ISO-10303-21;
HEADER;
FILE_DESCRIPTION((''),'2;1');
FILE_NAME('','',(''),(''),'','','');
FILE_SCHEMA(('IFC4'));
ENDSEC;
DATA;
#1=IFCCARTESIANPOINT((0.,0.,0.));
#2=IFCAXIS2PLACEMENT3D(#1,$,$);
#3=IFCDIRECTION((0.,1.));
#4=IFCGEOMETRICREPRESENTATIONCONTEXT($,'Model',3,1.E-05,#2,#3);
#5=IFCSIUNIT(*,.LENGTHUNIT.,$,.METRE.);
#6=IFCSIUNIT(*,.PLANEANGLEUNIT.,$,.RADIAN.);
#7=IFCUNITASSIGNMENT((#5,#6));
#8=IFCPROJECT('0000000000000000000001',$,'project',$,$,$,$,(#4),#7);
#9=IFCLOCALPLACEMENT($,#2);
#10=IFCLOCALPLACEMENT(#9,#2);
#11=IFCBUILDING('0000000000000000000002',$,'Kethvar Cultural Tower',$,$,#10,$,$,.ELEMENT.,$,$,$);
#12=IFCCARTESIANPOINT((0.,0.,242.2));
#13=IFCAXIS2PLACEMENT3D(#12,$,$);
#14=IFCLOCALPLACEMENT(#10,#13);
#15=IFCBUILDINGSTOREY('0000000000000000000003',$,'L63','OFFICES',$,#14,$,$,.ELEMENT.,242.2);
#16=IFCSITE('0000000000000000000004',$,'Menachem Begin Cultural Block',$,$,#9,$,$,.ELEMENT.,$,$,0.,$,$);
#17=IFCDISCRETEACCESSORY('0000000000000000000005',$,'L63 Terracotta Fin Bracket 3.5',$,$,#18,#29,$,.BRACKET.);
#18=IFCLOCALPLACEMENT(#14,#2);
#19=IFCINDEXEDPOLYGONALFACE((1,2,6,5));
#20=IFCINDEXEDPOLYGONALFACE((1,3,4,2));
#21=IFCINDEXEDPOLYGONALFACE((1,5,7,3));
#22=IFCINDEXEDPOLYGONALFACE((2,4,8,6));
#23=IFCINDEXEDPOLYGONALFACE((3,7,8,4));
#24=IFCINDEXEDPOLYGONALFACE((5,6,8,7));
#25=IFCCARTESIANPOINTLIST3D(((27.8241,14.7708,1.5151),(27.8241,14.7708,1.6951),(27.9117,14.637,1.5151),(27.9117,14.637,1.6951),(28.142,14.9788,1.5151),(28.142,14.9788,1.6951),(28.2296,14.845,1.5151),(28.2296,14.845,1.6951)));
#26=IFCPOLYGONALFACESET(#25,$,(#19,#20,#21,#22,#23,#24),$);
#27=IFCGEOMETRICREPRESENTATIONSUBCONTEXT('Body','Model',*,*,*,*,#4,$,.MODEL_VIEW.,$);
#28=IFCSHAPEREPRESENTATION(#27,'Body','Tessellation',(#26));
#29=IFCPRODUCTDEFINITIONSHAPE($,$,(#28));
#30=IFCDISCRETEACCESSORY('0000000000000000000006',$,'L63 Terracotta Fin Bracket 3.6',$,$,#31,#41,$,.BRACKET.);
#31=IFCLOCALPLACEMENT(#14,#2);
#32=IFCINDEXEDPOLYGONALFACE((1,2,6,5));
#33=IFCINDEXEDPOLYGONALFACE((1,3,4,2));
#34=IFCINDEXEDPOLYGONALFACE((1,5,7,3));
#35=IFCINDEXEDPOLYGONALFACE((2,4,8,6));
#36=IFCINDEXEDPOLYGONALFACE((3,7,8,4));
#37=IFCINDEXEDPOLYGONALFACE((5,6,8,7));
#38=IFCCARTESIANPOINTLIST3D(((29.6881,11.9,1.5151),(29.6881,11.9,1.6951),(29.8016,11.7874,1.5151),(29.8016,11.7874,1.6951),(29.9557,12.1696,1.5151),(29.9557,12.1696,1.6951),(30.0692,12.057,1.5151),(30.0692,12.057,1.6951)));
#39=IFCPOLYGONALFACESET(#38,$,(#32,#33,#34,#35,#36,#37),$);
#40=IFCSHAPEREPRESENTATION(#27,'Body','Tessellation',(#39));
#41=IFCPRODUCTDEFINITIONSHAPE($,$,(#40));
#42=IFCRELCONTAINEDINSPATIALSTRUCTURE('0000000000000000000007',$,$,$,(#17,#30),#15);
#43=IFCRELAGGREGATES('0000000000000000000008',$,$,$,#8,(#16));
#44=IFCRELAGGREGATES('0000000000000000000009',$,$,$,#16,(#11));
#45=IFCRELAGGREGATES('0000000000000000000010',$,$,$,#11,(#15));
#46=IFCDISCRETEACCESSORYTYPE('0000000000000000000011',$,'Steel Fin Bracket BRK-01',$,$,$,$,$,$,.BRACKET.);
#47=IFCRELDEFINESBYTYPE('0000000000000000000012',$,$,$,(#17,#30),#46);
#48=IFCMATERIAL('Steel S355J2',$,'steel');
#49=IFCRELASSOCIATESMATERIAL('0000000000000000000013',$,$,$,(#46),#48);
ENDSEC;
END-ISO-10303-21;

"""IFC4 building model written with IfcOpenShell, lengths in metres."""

from ifc_helpers import new_model, si_unit, direction, frame, origin, origin_2d, place, context, subcontext, project, spatial, rectangle, extrude, source, transform, mapped, material, type_object, element, save


model = new_model("IFC4")

# Units and contexts
model_context = context("Model", 3, precision=1e-05, world=origin(), true_north=direction((0.0, 1.0)))
body_context = subcontext(model_context, "Body", "Model", "MODEL_VIEW")
ifc_project = project(units=[si_unit("LENGTHUNIT", "METRE"), si_unit("PLANEANGLEUNIT", "RADIAN")], contexts=[model_context])

# Site, building, storey
site_placement = place(None, origin())
site = spatial("IfcSite", under=ifc_project, at=site_placement, Name="Menachem Begin Cultural Block", CompositionType="ELEMENT", RefElevation=0.0)
building_placement = place(site_placement, origin())
building = spatial("IfcBuilding", under=site, at=building_placement, Name="Kethvar Cultural Tower", CompositionType="ELEMENT")
storey_placement = place(building_placement, frame((0.0, 0.0, 242.2)))
storey = spatial("IfcBuildingStorey", under=building, at=storey_placement, Name="L63", Description="OFFICES", CompositionType="ELEMENT", Elevation=242.2)

# Shared definitions
ifc_material_1 = material(Name="Steel S355J2", Category="steel")

# Discrete accessories
discrete_accessory_type = type_object("IfcDiscreteAccessoryType", Name="Steel Fin Bracket BRK-01", PredefinedType="BRACKET", material=ifc_material_1)
shared_shape_1 = source(origin(), body_context, "Body", "SweptSolid", [
    extrude(rectangle(XDim=0.3799, YDim=0.1599, at=origin_2d()), origin(), (0.0, 0.0, 1.0), 0.1799),
])
for number, where, z_axis, x_axis, name in (
    (1, (28.0269, 14.8079, 1.5151), (0.0, 0.0, 1.0), (-0.836764, -0.547563, 0.0), "L63 Terracotta Fin Bracket 3.5"),
    (2, (29.8787, 11.9785, 1.5151), (0.0, 0.0, 1.0), (-0.70451, -0.709694, 0.0), "L63 Terracotta Fin Bracket 3.6"),
):
    element("IfcDiscreteAccessory", number, at=place(storey_placement, frame(where, z_axis=z_axis, x_axis=x_axis)), inside=storey, type_object=discrete_accessory_type, Name=name, PredefinedType="BRACKET", context=body_context, shape_type="MappedRepresentation", body=[
        mapped(shared_shape_1, transform((0.0, 0.0, 0.0), scale=1.0)),
    ])

save(model, "model.ifc")
